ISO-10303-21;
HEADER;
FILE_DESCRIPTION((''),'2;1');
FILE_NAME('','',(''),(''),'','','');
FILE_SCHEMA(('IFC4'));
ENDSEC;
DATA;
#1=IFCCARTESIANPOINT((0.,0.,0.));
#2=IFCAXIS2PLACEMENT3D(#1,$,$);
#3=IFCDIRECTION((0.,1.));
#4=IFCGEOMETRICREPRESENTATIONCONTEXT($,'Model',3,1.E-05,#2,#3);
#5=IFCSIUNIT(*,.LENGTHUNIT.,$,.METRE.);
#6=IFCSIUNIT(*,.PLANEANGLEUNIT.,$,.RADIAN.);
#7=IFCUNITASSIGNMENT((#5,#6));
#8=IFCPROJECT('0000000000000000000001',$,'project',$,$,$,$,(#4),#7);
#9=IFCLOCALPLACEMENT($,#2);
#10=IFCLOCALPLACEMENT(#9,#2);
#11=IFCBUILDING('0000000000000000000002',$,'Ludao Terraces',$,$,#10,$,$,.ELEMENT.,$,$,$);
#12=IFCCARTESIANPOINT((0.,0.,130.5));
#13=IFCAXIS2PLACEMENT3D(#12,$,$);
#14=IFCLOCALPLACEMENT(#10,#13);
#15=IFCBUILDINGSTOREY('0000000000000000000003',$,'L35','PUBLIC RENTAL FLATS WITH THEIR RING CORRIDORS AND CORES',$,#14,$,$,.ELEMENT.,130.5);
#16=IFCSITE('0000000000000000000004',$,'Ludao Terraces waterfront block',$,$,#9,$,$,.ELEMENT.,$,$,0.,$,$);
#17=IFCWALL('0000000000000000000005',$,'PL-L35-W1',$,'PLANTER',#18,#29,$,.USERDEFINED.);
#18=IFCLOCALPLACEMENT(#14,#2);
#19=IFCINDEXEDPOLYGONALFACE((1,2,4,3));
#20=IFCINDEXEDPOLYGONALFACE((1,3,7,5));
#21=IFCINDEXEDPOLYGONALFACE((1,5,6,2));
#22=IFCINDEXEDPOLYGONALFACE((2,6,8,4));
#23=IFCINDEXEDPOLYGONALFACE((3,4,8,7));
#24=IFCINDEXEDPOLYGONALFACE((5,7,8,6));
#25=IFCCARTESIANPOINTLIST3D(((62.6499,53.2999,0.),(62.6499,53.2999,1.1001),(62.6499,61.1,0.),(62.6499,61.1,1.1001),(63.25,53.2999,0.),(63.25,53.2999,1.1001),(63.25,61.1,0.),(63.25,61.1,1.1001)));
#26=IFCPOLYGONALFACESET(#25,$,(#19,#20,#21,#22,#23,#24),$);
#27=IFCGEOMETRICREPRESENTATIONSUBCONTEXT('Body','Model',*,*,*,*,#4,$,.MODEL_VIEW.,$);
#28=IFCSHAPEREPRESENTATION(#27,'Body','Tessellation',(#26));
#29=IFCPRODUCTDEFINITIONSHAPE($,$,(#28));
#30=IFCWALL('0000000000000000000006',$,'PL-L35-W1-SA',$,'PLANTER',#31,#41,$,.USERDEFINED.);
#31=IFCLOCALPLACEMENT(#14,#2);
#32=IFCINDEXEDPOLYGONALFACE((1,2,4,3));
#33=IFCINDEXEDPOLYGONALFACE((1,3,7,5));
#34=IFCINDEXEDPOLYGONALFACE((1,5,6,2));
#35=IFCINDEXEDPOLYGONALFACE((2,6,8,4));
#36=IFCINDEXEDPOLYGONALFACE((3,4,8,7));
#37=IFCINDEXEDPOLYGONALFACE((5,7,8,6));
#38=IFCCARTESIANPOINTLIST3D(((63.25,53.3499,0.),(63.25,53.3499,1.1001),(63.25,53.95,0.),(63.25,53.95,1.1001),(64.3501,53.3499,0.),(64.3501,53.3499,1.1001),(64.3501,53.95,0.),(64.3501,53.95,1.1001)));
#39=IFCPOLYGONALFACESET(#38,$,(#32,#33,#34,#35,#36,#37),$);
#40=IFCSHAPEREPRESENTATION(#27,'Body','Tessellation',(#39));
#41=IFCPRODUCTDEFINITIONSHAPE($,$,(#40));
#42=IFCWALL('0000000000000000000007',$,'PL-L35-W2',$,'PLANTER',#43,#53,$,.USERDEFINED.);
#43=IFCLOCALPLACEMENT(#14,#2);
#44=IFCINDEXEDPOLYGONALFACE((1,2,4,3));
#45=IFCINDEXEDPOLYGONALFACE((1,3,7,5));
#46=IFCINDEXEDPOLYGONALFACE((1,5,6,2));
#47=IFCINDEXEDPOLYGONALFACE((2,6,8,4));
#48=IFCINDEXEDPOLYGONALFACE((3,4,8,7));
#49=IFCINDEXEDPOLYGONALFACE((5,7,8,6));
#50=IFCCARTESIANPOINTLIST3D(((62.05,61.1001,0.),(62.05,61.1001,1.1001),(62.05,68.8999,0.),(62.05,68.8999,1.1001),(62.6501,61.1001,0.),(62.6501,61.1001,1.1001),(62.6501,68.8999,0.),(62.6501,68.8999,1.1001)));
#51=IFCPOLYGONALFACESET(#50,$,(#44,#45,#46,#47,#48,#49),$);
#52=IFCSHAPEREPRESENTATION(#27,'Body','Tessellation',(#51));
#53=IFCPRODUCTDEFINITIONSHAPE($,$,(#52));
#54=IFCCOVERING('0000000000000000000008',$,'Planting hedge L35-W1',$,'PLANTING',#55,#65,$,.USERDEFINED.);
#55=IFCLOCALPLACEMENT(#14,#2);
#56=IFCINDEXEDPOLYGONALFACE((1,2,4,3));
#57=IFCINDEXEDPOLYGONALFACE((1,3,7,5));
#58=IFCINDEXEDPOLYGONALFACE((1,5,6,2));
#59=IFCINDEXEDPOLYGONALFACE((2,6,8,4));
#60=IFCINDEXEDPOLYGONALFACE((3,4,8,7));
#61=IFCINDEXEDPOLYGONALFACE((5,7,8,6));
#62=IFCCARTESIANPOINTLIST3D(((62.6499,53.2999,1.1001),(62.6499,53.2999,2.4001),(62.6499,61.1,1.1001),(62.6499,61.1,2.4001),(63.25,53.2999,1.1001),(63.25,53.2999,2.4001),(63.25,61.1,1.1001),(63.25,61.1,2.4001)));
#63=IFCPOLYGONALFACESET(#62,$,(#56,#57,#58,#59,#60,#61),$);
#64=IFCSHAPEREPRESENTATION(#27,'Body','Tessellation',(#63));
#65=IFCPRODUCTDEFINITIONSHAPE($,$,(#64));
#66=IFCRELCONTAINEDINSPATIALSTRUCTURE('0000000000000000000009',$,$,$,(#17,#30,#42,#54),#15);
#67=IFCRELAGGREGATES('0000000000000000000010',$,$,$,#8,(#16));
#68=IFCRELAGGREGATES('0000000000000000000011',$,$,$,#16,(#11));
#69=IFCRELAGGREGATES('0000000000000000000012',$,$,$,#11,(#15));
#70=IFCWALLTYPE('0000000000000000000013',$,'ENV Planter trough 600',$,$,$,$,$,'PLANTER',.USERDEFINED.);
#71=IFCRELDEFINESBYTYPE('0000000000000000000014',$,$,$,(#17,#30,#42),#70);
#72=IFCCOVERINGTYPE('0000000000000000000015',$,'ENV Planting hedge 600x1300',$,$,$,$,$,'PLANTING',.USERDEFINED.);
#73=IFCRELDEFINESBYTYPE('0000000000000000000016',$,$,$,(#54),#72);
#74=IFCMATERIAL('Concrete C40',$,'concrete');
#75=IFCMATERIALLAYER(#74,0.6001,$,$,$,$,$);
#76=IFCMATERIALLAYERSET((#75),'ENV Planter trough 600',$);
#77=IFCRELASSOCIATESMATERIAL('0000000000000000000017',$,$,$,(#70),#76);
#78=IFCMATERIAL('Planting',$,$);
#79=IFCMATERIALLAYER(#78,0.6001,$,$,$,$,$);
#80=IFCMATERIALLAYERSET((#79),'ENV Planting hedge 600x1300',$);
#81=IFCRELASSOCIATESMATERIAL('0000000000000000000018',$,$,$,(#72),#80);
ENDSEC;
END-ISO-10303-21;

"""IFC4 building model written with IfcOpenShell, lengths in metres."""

from ifc_helpers import new_model, si_unit, direction, frame, frame_2d, origin, origin_2d, place, context, subcontext, project, spatial, rectangle, extrude, material, layer, layer_set, type_object, element, save


model = new_model("IFC4")

# Units and contexts
model_context = context("Model", 3, precision=1e-05, world=origin(), true_north=direction((0.0, 1.0)))
body_context = subcontext(model_context, "Body", "Model", "MODEL_VIEW")
ifc_project = project(units=[si_unit("LENGTHUNIT", "METRE"), si_unit("PLANEANGLEUNIT", "RADIAN")], contexts=[model_context])

# Site, building, storey
site_placement = place(None, origin())
site = spatial("IfcSite", under=ifc_project, at=site_placement, Name="Ludao Terraces waterfront block", CompositionType="ELEMENT", RefElevation=0.0)
building_placement = place(site_placement, origin())
building = spatial("IfcBuilding", under=site, at=building_placement, Name="Ludao Terraces", CompositionType="ELEMENT")
storey_placement = place(building_placement, frame((0.0, 0.0, 130.5)))
storey = spatial("IfcBuildingStorey", under=building, at=storey_placement, Name="L35", Description="PUBLIC RENTAL FLATS WITH THEIR RING CORRIDORS AND CORES", CompositionType="ELEMENT", Elevation=130.5)

# Shared definitions
ifc_material_1 = material(Name="Concrete C40", Category="concrete")

# Walls
ifc_layer_1 = layer(ifc_material_1, 0.6001)
ifc_layer_set_1 = layer_set([ifc_layer_1], Name="ENV Planter trough 600")
wall_type = type_object("IfcWallType", Name="ENV Planter trough 600", ElementType="PLANTER", PredefinedType="USERDEFINED", material=ifc_layer_set_1)
wall_1_placement = place(storey_placement, frame((62.95, 53.3, 0.0), z_axis=(0.0, 0.0, 1.0), x_axis=(0.0, 1.0, 0.0)))
element("IfcWall", 1, at=wall_1_placement, inside=storey, type_object=wall_type, Name="PL-L35-W1", ObjectType="PLANTER", PredefinedType="USERDEFINED", context=body_context, shape_type="SweptSolid", body=[
    extrude(rectangle(XDim=7.8, YDim=0.6001, at=frame_2d((3.8999, 0.0))), origin(), (0.0, 0.0, 1.0), 1.1001),
])
wall_2_placement = place(storey_placement, frame((63.25, 53.6499, 0.0), z_axis=(0.0, 0.0, 1.0), x_axis=(1.0, 0.0, 0.0)))
element("IfcWall", 2, at=wall_2_placement, inside=storey, type_object=wall_type, Name="PL-L35-W1-SA", ObjectType="PLANTER", PredefinedType="USERDEFINED", context=body_context, shape_type="SweptSolid", body=[
    extrude(rectangle(XDim=1.1001, YDim=0.6001, at=frame_2d((0.55, 0.0))), origin(), (0.0, 0.0, 1.0), 1.1001),
])
wall_3_placement = place(storey_placement, frame((62.3501, 61.1001, 0.0), z_axis=(0.0, 0.0, 1.0), x_axis=(0.0, 1.0, 0.0)))
element("IfcWall", 3, at=wall_3_placement, inside=storey, type_object=wall_type, Name="PL-L35-W2", ObjectType="PLANTER", PredefinedType="USERDEFINED", context=body_context, shape_type="SweptSolid", body=[
    extrude(rectangle(XDim=7.7998, YDim=0.6001, at=frame_2d((3.8999, 0.0))), origin(), (0.0, 0.0, 1.0), 1.1001),
])

# Covering
ifc_material_2 = material(Name="Planting")
ifc_layer_2 = layer(ifc_material_2, 0.6001)
ifc_layer_set_2 = layer_set([ifc_layer_2], Name="ENV Planting hedge 600x1300")
covering_type = type_object("IfcCoveringType", Name="ENV Planting hedge 600x1300", ElementType="PLANTING", PredefinedType="USERDEFINED", material=ifc_layer_set_2)
covering_placement = place(storey_placement, frame((62.95, 57.2, 1.1001), z_axis=(0.0, 0.0, 1.0), x_axis=(1.0, 0.0, 0.0)))
element("IfcCovering", 4, at=covering_placement, inside=storey, type_object=covering_type, Name="Planting hedge L35-W1", ObjectType="PLANTING", PredefinedType="USERDEFINED", context=body_context, shape_type="SweptSolid", body=[
    extrude(rectangle(XDim=0.6001, YDim=7.8, at=origin_2d()), origin(), (0.0, 0.0, 1.0), 1.3),
])

save(model, "model.ifc")
